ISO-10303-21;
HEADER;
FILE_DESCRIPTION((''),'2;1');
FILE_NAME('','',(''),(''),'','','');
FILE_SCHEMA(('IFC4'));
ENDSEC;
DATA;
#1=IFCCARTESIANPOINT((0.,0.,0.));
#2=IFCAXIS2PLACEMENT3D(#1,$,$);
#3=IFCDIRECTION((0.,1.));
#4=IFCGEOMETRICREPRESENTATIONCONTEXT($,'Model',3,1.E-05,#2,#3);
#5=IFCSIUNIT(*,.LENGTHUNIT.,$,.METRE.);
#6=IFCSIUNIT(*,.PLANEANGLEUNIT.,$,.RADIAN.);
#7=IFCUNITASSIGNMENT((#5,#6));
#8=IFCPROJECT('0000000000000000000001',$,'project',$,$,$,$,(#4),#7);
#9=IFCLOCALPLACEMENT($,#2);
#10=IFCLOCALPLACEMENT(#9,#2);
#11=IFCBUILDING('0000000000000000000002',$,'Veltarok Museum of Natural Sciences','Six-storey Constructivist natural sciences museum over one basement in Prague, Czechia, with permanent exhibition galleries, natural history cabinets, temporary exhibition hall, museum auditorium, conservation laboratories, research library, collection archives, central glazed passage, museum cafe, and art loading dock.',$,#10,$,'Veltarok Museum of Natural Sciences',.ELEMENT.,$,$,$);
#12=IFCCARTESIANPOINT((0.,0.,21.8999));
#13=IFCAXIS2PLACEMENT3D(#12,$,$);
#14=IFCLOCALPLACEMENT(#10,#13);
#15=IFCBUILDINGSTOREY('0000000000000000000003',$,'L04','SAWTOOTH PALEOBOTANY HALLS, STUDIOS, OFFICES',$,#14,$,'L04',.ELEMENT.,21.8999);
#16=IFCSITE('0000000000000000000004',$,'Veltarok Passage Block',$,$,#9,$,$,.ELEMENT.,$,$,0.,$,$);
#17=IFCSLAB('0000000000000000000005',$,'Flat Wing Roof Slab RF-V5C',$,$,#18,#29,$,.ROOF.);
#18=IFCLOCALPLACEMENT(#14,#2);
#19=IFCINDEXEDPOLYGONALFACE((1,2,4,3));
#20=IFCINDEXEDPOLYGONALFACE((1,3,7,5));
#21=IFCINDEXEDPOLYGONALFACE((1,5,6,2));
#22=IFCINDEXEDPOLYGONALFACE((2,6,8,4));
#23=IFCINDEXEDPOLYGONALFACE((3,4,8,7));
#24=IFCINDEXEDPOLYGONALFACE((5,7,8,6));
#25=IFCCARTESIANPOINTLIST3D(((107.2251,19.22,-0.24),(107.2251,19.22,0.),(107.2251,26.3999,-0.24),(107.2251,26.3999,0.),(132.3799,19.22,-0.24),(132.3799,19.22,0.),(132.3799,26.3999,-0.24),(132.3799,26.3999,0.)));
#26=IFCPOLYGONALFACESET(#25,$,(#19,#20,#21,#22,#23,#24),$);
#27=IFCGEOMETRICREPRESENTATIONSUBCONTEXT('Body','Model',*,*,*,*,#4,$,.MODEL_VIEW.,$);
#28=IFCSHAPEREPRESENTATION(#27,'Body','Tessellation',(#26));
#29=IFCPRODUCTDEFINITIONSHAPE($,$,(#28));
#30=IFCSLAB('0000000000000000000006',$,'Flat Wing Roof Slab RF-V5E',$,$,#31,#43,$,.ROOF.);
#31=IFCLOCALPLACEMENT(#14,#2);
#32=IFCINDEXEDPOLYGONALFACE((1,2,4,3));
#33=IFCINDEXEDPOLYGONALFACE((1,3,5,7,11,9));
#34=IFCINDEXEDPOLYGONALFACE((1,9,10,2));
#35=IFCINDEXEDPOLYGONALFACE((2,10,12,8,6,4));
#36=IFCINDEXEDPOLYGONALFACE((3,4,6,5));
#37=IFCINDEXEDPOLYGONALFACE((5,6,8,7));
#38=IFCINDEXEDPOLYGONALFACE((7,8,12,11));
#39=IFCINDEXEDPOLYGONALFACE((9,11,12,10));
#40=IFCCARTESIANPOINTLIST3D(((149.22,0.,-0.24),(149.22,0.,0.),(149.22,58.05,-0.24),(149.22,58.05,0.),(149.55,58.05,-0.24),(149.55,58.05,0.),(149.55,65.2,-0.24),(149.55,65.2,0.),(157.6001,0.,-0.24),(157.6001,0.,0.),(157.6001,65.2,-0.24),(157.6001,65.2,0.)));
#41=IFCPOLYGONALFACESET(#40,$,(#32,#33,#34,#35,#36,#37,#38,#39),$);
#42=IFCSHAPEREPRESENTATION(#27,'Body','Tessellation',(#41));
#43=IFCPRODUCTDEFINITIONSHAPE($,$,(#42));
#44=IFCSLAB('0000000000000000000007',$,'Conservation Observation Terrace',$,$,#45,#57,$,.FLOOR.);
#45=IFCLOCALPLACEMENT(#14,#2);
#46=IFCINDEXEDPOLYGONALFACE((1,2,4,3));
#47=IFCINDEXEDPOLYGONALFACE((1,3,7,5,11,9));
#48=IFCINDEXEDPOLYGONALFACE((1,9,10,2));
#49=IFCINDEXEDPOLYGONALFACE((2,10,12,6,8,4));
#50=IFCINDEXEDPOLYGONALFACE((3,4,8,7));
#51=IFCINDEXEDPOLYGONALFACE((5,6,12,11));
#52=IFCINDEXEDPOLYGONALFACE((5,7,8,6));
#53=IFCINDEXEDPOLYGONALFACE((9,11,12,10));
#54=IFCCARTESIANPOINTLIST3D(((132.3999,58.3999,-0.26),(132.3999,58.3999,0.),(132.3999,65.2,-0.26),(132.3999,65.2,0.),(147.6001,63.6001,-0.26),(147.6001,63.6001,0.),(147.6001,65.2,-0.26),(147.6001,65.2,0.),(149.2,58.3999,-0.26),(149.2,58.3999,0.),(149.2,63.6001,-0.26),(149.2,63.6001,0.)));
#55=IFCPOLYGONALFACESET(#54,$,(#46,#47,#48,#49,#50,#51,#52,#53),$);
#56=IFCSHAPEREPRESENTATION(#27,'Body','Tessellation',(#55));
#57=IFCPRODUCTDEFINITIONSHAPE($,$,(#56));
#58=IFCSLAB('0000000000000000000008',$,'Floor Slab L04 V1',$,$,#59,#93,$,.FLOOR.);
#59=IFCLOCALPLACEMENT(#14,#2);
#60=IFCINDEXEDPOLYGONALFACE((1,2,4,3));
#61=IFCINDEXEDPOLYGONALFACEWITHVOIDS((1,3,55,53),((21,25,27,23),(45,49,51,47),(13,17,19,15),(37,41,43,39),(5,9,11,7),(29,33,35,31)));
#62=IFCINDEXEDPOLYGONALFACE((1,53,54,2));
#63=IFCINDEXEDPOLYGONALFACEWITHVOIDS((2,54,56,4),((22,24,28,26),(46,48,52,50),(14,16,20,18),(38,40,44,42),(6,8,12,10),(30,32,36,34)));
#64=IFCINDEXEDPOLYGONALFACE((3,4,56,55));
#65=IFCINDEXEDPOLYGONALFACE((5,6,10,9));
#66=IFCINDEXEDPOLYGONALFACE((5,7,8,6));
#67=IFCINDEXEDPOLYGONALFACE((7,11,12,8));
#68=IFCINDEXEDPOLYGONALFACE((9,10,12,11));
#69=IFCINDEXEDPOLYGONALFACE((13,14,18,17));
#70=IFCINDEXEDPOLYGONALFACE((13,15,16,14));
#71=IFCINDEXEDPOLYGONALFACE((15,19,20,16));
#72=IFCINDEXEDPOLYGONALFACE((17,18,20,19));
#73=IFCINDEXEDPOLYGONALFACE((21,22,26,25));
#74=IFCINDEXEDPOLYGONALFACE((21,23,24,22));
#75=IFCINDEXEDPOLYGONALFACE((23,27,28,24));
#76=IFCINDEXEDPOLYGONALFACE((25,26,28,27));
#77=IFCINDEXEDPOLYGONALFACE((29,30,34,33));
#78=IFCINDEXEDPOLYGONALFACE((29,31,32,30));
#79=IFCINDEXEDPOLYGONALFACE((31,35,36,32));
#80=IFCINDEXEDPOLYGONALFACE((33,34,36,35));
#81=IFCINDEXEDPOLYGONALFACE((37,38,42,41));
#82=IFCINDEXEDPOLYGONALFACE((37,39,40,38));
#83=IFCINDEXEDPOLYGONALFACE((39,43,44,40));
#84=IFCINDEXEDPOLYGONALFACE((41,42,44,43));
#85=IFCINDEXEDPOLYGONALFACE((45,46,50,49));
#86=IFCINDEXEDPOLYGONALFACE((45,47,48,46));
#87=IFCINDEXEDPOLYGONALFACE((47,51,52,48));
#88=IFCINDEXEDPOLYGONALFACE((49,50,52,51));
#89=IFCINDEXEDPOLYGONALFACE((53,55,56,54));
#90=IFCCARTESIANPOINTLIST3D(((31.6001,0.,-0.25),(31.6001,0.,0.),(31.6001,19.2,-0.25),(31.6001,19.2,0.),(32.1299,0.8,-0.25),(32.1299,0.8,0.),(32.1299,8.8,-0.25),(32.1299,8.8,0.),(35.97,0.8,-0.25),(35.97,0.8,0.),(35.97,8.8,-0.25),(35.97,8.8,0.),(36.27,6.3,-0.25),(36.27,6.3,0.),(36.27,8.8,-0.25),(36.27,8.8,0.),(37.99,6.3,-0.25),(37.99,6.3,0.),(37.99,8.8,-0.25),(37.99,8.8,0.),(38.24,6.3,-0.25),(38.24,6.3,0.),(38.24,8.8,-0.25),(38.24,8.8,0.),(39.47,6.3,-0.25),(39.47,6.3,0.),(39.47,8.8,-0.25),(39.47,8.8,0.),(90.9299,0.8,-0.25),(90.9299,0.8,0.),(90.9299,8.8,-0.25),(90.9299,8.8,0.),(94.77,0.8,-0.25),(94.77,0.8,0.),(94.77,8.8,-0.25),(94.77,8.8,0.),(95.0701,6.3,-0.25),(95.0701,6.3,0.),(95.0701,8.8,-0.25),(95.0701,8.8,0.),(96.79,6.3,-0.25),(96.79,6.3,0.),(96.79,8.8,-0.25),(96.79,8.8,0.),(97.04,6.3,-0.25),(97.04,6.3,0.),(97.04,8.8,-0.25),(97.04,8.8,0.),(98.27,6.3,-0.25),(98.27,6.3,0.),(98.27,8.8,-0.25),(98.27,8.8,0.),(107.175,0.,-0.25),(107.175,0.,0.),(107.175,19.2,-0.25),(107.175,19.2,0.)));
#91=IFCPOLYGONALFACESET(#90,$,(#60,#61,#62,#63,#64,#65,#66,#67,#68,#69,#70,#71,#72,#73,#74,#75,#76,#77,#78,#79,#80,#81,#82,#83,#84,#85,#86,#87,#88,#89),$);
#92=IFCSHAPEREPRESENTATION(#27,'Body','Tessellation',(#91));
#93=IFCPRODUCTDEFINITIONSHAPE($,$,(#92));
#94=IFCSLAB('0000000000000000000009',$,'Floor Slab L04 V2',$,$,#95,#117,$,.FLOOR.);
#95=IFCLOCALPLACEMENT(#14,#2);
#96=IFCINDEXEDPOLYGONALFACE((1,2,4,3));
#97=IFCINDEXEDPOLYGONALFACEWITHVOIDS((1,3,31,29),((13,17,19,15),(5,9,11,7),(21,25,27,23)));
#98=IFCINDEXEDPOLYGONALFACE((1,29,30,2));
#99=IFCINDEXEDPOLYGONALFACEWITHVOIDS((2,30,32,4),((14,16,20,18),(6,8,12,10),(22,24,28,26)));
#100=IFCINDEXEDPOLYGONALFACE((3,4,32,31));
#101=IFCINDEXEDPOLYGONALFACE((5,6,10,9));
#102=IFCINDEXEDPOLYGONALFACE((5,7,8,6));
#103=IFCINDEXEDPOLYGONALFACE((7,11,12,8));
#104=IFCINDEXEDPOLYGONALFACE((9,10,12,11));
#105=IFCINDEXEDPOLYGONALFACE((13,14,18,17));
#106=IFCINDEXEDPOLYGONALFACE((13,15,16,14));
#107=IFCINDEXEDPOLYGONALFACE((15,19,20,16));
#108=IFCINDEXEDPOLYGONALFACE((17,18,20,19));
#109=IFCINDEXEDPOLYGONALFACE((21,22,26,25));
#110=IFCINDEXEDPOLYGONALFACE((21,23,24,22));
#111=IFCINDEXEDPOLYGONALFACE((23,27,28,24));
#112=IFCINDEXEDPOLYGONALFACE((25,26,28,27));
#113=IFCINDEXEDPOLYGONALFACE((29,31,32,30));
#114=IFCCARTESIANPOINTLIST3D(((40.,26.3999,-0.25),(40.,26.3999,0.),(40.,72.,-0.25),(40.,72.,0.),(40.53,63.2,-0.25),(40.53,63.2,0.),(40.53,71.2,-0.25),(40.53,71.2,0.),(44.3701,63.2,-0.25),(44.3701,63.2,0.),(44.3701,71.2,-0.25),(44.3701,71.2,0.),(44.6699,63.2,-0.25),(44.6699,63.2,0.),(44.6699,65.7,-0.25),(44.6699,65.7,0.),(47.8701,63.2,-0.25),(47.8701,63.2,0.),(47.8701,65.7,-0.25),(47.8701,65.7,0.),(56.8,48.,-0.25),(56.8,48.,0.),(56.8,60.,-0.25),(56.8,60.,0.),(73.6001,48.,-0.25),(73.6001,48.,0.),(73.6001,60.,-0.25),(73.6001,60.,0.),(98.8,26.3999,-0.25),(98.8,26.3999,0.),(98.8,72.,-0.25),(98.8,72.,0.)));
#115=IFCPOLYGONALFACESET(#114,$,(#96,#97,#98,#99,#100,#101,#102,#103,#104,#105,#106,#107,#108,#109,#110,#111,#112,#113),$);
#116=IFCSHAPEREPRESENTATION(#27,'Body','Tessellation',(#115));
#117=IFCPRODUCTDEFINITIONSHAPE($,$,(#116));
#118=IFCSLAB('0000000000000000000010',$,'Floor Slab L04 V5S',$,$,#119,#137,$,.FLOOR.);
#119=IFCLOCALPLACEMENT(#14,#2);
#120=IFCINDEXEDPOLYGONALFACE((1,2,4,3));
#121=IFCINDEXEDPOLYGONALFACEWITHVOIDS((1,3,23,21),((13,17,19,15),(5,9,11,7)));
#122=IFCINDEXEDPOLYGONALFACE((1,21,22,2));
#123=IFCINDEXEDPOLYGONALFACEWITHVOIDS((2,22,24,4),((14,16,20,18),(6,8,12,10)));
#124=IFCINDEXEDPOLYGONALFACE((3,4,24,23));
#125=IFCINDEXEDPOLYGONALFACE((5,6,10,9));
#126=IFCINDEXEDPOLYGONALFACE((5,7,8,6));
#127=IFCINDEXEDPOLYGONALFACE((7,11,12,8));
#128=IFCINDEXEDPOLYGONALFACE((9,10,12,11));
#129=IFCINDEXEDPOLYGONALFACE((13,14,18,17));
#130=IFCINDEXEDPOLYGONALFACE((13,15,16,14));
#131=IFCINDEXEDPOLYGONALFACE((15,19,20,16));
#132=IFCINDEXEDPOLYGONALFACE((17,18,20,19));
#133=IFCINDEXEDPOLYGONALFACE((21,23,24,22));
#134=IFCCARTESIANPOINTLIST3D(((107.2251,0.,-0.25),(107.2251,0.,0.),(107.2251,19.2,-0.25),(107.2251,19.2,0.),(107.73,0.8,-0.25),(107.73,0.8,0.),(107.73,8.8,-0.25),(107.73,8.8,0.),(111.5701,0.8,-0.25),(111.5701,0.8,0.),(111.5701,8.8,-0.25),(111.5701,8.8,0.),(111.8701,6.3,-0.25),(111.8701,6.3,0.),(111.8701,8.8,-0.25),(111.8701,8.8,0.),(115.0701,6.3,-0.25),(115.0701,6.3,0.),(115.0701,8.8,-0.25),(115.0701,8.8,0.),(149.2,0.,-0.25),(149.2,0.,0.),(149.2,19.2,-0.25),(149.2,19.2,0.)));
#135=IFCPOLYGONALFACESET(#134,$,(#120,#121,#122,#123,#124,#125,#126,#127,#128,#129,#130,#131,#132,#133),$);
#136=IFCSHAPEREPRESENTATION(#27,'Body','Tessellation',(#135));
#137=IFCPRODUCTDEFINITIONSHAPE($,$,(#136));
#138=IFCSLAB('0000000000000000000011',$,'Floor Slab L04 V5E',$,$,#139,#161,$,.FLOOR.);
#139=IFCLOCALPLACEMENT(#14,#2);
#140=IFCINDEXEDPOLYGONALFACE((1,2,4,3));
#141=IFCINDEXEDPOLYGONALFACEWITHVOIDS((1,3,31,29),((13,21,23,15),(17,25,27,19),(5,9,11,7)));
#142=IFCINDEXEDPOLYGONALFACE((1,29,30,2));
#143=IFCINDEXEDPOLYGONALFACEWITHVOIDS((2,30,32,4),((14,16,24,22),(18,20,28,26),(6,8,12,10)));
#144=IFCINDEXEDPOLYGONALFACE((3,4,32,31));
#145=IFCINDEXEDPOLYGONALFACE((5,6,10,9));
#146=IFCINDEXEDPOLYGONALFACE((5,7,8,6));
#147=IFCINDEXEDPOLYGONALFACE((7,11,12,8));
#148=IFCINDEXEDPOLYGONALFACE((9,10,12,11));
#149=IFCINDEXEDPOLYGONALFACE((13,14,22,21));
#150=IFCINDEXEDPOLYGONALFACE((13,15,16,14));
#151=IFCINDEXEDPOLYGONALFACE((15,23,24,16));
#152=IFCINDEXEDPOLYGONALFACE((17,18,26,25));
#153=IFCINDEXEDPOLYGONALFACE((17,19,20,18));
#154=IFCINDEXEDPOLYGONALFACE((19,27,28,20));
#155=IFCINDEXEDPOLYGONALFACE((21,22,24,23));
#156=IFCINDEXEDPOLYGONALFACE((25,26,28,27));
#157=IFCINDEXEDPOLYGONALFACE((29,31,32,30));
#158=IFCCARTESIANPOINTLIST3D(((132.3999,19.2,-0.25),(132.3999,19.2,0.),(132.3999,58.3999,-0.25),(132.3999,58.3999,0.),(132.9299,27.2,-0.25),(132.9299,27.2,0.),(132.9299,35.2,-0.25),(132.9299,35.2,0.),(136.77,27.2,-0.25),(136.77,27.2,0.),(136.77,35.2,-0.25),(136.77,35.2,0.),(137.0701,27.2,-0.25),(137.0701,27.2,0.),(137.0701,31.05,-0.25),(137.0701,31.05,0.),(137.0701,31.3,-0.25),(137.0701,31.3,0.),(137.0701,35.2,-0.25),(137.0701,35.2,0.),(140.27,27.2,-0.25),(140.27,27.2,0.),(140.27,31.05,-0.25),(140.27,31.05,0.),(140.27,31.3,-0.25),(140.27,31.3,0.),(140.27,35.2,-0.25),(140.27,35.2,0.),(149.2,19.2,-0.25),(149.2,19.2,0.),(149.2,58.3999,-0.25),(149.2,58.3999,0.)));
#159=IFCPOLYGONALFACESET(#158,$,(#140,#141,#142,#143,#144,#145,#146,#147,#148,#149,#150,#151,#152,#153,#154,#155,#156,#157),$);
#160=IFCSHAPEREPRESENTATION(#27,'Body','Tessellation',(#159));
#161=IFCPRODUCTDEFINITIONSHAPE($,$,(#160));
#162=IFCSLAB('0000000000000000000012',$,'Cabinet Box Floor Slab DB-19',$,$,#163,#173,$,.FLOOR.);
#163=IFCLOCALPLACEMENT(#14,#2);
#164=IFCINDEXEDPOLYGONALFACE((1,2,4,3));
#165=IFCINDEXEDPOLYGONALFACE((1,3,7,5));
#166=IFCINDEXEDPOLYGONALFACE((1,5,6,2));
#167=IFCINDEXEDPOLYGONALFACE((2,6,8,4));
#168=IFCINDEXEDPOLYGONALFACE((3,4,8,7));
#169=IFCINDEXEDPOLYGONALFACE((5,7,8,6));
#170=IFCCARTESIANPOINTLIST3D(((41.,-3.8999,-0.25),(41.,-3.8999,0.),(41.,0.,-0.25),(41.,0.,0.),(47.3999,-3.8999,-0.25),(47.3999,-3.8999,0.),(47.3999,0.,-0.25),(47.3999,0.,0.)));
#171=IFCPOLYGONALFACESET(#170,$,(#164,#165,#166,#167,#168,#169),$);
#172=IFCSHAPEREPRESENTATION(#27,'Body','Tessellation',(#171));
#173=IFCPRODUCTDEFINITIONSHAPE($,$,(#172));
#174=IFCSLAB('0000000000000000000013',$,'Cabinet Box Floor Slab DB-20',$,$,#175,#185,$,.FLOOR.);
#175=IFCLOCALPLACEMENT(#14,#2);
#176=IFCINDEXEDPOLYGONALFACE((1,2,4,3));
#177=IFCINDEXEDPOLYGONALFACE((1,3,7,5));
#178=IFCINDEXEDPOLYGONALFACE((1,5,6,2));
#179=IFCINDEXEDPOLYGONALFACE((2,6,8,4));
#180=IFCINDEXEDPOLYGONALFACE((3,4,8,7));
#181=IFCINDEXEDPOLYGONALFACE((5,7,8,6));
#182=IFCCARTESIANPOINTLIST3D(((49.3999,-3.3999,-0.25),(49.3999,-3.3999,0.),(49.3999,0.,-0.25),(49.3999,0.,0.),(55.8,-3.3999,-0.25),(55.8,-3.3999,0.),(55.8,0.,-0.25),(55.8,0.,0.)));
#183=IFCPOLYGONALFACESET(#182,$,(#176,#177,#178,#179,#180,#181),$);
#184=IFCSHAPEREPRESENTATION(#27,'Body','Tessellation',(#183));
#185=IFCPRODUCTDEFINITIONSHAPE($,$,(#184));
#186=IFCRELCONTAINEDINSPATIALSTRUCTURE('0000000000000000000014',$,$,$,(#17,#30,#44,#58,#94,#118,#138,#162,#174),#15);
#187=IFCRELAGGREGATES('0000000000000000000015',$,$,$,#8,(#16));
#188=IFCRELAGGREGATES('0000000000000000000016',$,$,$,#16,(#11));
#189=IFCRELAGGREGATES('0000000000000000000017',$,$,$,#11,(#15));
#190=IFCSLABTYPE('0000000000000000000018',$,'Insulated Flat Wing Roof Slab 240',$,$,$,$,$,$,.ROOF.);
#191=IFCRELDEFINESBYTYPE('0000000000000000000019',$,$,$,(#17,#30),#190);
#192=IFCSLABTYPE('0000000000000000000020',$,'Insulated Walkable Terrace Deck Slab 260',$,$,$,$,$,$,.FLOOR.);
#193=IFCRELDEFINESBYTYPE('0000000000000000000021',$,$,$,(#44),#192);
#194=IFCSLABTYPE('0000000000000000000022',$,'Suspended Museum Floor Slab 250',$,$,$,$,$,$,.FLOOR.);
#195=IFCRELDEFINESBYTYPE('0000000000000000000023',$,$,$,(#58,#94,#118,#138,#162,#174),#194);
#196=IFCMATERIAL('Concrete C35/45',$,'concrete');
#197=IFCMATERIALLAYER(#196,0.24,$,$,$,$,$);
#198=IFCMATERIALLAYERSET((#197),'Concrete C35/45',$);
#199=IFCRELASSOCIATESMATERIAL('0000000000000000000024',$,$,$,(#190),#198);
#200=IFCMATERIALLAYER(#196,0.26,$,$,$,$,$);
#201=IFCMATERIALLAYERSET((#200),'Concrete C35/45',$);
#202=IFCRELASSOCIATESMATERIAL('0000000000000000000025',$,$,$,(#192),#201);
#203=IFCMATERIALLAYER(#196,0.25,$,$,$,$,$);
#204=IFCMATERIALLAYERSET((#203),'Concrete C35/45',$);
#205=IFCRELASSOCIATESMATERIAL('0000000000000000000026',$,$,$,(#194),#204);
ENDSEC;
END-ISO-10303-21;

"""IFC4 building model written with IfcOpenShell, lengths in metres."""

from ifc_helpers import new_model, si_unit, direction, frame, origin, place, context, subcontext, project, spatial, polyline, outline, extrude, material, layer, layer_set, type_object, element, save


model = new_model("IFC4")

# Units and contexts
model_context = context("Model", 3, precision=1e-05, world=origin(), true_north=direction((0.0, 1.0)))
body_context = subcontext(model_context, "Body", "Model", "MODEL_VIEW")
ifc_project = project(units=[si_unit("LENGTHUNIT", "METRE"), si_unit("PLANEANGLEUNIT", "RADIAN")], contexts=[model_context])

# Site, building, storey
site_placement = place(None, origin())
site = spatial("IfcSite", under=ifc_project, at=site_placement, Name="Veltarok Passage Block", CompositionType="ELEMENT", RefElevation=0.0)
building_placement = place(site_placement, origin())
building = spatial("IfcBuilding", under=site, at=building_placement, Name="Veltarok Museum of Natural Sciences", Description="Six-storey Constructivist natural sciences museum over one basement in Prague, Czechia, with permanent exhibition galleries, natural history cabinets, temporary exhibition hall, museum auditorium, conservation laboratories, research library, collection archives, central glazed passage, museum cafe, and art loading dock.", LongName="Veltarok Museum of Natural Sciences", CompositionType="ELEMENT")
storey_placement = place(building_placement, frame((0.0, 0.0, 21.8999)))
storey = spatial("IfcBuildingStorey", under=building, at=storey_placement, Name="L04", Description="SAWTOOTH PALEOBOTANY HALLS, STUDIOS, OFFICES", LongName="L04", CompositionType="ELEMENT", Elevation=21.8999)

# Shared definitions
ifc_material_1 = material(Name="Concrete C35/45", Category="concrete")

# Shared definitions
ifc_layer_1 = layer(ifc_material_1, 0.24)
ifc_layer_set_1 = layer_set([ifc_layer_1], Name="Concrete C35/45")
slab_type_1 = type_object("IfcSlabType", Name="Insulated Flat Wing Roof Slab 240", PredefinedType="ROOF", material=ifc_layer_set_1)

# Slabs
slab_1_placement = place(storey_placement, frame((0.0, 0.0, -0.24)))
element("IfcSlab", 1, at=slab_1_placement, inside=storey, type_object=slab_type_1, Name="Flat Wing Roof Slab RF-V5C", PredefinedType="ROOF", context=body_context, shape_type="SweptSolid", body=[
    extrude(outline(polyline([(107.2251, 19.22), (107.2251, 26.3999), (132.3799, 26.3999), (132.3799, 19.22), (107.2251, 19.22)])), origin(), (0.0, 0.0, 1.0), 0.24),
])
slab_2_placement = place(storey_placement, frame((0.0, 0.0, -0.24)))
element("IfcSlab", 2, at=slab_2_placement, inside=storey, type_object=slab_type_1, Name="Flat Wing Roof Slab RF-V5E", PredefinedType="ROOF", context=body_context, shape_type="SweptSolid", body=[
    extrude(outline(polyline([(157.6001, 0.0), (149.22, 0.0), (149.22, 58.05), (149.55, 58.05), (149.55, 65.2), (157.6001, 65.2), (157.6001, 0.0)])), origin(), (0.0, 0.0, 1.0), 0.24),
])
ifc_layer_2 = layer(ifc_material_1, 0.26)
ifc_layer_set_2 = layer_set([ifc_layer_2], Name="Concrete C35/45")
slab_type_2 = type_object("IfcSlabType", Name="Insulated Walkable Terrace Deck Slab 260", PredefinedType="FLOOR", material=ifc_layer_set_2)
slab_3_placement = place(storey_placement, frame((0.0, 0.0, -0.26)))
element("IfcSlab", 3, at=slab_3_placement, inside=storey, type_object=slab_type_2, Name="Conservation Observation Terrace", PredefinedType="FLOOR", context=body_context, shape_type="SweptSolid", body=[
    extrude(outline(polyline([(132.3999, 58.3999), (149.2, 58.3999), (149.2, 63.6001), (147.6001, 63.6001), (147.6001, 65.2), (132.3999, 65.2), (132.3999, 58.3999)])), origin(), (0.0, 0.0, 1.0), 0.26),
])
ifc_layer_3 = layer(ifc_material_1, 0.25)
ifc_layer_set_3 = layer_set([ifc_layer_3], Name="Concrete C35/45")
slab_type_3 = type_object("IfcSlabType", Name="Suspended Museum Floor Slab 250", PredefinedType="FLOOR", material=ifc_layer_set_3)
slab_4_placement = place(storey_placement, frame((0.0, 0.0, -0.25)))
element("IfcSlab", 4, at=slab_4_placement, inside=storey, type_object=slab_type_3, Name="Floor Slab L04 V1", PredefinedType="FLOOR", context=body_context, shape_type="SweptSolid", body=[
    extrude(outline(polyline([(31.6001, 0.0), (31.6001, 19.2), (107.175, 19.2), (107.175, 0.0), (31.6001, 0.0)]), holes=[polyline([(32.1299, 8.8), (32.1299, 0.8), (35.97, 0.8), (35.97, 8.8), (32.1299, 8.8)]), polyline([(94.77, 8.8), (90.9299, 8.8), (90.9299, 0.8), (94.77, 0.8), (94.77, 8.8)]), polyline([(37.99, 8.8), (36.27, 8.8), (36.27, 6.3), (37.99, 6.3), (37.99, 8.8)]), polyline([(39.47, 8.8), (38.24, 8.8), (38.24, 6.3), (39.47, 6.3), (39.47, 8.8)]), polyline([(96.79, 8.8), (95.0701, 8.8), (95.0701, 6.3), (96.79, 6.3), (96.79, 8.8)]), polyline([(98.27, 8.8), (97.04, 8.8), (97.04, 6.3), (98.27, 6.3), (98.27, 8.8)])]), origin(), (0.0, 0.0, 1.0), 0.25),
])
slab_5_placement = place(storey_placement, frame((0.0, 0.0, -0.25)))
element("IfcSlab", 5, at=slab_5_placement, inside=storey, type_object=slab_type_3, Name="Floor Slab L04 V2", PredefinedType="FLOOR", context=body_context, shape_type="SweptSolid", body=[
    extrude(outline(polyline([(40.0, 26.3999), (40.0, 72.0), (98.8, 72.0), (98.8, 26.3999), (40.0, 26.3999)]), holes=[polyline([(73.6001, 60.0), (56.8, 60.0), (56.8, 48.0), (73.6001, 48.0), (73.6001, 60.0)]), polyline([(47.8701, 65.7), (44.6699, 65.7), (44.6699, 63.2), (47.8701, 63.2), (47.8701, 65.7)]), polyline([(44.3701, 71.2), (40.53, 71.2), (40.53, 63.2), (44.3701, 63.2), (44.3701, 71.2)])]), origin(), (0.0, 0.0, 1.0), 0.25),
])
slab_6_placement = place(storey_placement, frame((0.0, 0.0, -0.25)))
element("IfcSlab", 6, at=slab_6_placement, inside=storey, type_object=slab_type_3, Name="Floor Slab L04 V5S", PredefinedType="FLOOR", context=body_context, shape_type="SweptSolid", body=[
    extrude(outline(polyline([(107.2251, 0.0), (107.2251, 19.2), (149.2, 19.2), (149.2, 0.0), (107.2251, 0.0)]), holes=[polyline([(107.73, 8.8), (107.73, 0.8), (111.5701, 0.8), (111.5701, 8.8), (107.73, 8.8)]), polyline([(115.0701, 8.8), (111.8701, 8.8), (111.8701, 6.3), (115.0701, 6.3), (115.0701, 8.8)])]), origin(), (0.0, 0.0, 1.0), 0.25),
])
slab_7_placement = place(storey_placement, frame((0.0, 0.0, -0.25)))
element("IfcSlab", 7, at=slab_7_placement, inside=storey, type_object=slab_type_3, Name="Floor Slab L04 V5E", PredefinedType="FLOOR", context=body_context, shape_type="SweptSolid", body=[
    extrude(outline(polyline([(132.3999, 19.2), (132.3999, 58.3999), (149.2, 58.3999), (149.2, 19.2), (132.3999, 19.2)]), holes=[polyline([(140.27, 31.05), (137.0701, 31.05), (137.0701, 27.2), (140.27, 27.2), (140.27, 31.05)]), polyline([(136.77, 35.2), (132.9299, 35.2), (132.9299, 27.2), (136.77, 27.2), (136.77, 35.2)]), polyline([(140.27, 35.2), (137.0701, 35.2), (137.0701, 31.3), (140.27, 31.3), (140.27, 35.2)])]), origin(), (0.0, 0.0, 1.0), 0.25),
])
slab_8_placement = place(storey_placement, frame((0.0, 0.0, -0.25)))
element("IfcSlab", 8, at=slab_8_placement, inside=storey, type_object=slab_type_3, Name="Cabinet Box Floor Slab DB-19", PredefinedType="FLOOR", context=body_context, shape_type="SweptSolid", body=[
    extrude(outline(polyline([(41.0, -3.8999), (47.3999, -3.8999), (47.3999, 0.0), (41.0, 0.0), (41.0, -3.8999)])), origin(), (0.0, 0.0, 1.0), 0.25),
])
slab_9_placement = place(storey_placement, frame((0.0, 0.0, -0.25)))
element("IfcSlab", 9, at=slab_9_placement, inside=storey, type_object=slab_type_3, Name="Cabinet Box Floor Slab DB-20", PredefinedType="FLOOR", context=body_context, shape_type="SweptSolid", body=[
    extrude(outline(polyline([(49.3999, -3.3999), (55.8, -3.3999), (55.8, 0.0), (49.3999, 0.0), (49.3999, -3.3999)])), origin(), (0.0, 0.0, 1.0), 0.25),
])

save(model, "model.ifc")
